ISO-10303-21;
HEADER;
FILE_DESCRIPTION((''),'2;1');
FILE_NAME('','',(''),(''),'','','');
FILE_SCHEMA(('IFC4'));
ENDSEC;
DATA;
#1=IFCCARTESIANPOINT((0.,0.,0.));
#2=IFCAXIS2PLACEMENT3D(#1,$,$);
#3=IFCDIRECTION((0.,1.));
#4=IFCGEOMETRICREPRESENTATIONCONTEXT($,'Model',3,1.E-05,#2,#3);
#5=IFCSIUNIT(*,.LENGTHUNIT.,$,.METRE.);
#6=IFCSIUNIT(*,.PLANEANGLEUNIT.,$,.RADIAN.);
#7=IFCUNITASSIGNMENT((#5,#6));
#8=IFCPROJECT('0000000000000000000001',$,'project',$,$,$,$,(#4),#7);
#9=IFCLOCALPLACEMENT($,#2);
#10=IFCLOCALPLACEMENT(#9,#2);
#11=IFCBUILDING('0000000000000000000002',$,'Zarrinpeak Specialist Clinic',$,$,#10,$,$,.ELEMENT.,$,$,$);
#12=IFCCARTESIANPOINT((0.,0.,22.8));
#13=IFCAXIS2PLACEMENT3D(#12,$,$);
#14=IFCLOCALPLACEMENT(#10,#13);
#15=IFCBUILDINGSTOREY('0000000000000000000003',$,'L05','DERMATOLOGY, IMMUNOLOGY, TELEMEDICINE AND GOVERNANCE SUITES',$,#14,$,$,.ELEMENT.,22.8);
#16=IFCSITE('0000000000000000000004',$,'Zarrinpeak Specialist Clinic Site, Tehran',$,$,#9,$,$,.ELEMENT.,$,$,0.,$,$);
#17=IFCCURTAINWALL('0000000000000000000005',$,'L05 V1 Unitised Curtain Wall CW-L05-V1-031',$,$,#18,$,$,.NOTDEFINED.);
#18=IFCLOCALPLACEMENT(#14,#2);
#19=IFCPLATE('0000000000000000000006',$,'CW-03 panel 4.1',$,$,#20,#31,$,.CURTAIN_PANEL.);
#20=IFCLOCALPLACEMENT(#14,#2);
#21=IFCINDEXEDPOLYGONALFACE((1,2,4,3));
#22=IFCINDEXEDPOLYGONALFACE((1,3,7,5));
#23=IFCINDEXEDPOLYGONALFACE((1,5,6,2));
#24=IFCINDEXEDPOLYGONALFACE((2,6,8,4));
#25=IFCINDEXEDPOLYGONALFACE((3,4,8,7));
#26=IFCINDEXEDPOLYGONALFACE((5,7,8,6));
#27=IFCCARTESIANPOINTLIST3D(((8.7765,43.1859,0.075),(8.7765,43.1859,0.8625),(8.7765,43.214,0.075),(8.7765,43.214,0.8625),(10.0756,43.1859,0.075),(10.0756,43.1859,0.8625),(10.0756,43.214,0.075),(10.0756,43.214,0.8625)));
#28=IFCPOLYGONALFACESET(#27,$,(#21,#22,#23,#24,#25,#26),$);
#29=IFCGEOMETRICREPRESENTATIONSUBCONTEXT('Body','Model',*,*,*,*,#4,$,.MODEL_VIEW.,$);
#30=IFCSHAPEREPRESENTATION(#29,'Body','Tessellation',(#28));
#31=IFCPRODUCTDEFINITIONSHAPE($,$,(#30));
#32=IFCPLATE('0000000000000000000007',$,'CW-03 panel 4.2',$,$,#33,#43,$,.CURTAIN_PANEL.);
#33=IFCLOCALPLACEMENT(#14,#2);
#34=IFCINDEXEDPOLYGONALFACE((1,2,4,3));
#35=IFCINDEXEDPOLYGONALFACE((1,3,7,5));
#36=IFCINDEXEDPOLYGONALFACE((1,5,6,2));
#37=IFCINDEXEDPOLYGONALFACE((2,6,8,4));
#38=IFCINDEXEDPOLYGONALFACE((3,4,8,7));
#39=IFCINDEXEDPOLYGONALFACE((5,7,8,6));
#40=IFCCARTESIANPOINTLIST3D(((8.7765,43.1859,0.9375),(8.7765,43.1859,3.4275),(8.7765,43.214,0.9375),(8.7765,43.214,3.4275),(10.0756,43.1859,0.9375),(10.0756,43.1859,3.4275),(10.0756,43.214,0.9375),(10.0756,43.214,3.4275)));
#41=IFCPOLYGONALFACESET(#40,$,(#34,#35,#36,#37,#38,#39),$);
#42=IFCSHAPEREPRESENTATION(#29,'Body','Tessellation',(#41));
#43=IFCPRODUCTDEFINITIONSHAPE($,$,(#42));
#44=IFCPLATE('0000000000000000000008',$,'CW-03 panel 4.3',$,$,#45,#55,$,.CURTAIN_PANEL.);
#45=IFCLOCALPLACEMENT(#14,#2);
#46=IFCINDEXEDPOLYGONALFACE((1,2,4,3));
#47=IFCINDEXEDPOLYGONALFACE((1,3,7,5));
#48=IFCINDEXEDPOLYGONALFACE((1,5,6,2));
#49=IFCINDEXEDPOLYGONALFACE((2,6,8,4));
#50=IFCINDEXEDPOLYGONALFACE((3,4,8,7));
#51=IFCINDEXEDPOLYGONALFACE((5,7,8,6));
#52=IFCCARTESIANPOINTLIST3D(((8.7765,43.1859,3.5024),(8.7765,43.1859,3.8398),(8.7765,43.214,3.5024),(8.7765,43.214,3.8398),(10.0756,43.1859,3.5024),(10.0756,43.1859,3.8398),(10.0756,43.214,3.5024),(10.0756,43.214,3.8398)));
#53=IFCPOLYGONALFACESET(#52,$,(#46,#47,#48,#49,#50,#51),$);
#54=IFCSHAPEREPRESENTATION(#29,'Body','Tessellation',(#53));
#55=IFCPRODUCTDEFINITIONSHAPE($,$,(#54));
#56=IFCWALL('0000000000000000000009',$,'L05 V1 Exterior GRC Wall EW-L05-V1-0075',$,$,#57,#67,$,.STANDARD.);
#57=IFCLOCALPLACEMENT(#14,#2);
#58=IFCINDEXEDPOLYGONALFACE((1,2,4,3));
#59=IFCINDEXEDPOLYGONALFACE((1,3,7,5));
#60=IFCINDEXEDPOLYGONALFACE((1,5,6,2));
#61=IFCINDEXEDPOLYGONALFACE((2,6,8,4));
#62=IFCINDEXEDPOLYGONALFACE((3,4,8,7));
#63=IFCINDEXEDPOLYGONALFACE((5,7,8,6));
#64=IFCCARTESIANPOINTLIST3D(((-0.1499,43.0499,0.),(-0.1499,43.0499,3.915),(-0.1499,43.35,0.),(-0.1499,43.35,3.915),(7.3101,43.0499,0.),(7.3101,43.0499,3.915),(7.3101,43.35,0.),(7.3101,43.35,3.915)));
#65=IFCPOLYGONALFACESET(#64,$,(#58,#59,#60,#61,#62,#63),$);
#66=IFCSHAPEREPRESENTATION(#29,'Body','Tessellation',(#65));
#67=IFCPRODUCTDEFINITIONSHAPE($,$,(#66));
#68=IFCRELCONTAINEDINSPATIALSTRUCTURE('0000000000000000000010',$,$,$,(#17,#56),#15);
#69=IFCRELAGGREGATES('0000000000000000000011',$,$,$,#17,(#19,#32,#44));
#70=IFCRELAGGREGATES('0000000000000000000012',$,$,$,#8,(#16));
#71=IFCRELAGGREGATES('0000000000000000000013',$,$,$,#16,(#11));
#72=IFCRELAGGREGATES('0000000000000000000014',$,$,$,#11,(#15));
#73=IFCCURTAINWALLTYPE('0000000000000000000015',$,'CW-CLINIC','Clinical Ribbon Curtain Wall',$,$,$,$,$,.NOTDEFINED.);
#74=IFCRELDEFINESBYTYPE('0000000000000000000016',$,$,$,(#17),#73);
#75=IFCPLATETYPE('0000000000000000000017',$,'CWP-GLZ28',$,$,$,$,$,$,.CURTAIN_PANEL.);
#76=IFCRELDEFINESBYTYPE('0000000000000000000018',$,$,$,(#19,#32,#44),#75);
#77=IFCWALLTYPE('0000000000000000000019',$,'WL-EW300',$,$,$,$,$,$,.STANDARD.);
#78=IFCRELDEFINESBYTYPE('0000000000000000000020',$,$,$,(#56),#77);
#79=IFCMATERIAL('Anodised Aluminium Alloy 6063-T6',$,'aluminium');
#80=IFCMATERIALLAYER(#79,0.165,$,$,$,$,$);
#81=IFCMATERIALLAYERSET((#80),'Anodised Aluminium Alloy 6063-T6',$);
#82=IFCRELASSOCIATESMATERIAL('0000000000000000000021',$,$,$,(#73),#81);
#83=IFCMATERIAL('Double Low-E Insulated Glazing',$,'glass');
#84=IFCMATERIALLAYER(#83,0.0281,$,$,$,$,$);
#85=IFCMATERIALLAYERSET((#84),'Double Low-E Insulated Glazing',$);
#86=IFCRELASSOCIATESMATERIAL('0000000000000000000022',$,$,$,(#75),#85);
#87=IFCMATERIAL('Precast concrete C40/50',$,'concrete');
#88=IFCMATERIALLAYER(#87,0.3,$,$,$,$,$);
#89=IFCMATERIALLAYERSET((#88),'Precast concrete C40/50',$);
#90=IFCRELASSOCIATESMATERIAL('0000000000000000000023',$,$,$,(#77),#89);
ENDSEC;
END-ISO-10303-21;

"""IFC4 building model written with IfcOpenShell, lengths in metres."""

from ifc_helpers import new_model, si_unit, direction, frame, frame_2d, origin, origin_2d, place, context, subcontext, project, spatial, rectangle, extrude, material, layer, layer_set, type_object, element, aggregate, save


model = new_model("IFC4")

# Units and contexts
model_context = context("Model", 3, precision=1e-05, world=origin(), true_north=direction((0.0, 1.0)))
body_context = subcontext(model_context, "Body", "Model", "MODEL_VIEW")
ifc_project = project(units=[si_unit("LENGTHUNIT", "METRE"), si_unit("PLANEANGLEUNIT", "RADIAN")], contexts=[model_context])

# Site, building, storey
site_placement = place(None, origin())
site = spatial("IfcSite", under=ifc_project, at=site_placement, Name="Zarrinpeak Specialist Clinic Site, Tehran", CompositionType="ELEMENT", RefElevation=0.0)
building_placement = place(site_placement, origin())
building = spatial("IfcBuilding", under=site, at=building_placement, Name="Zarrinpeak Specialist Clinic", CompositionType="ELEMENT")
storey_placement = place(building_placement, frame((0.0, 0.0, 22.8)))
storey = spatial("IfcBuildingStorey", under=building, at=storey_placement, Name="L05", Description="DERMATOLOGY, IMMUNOLOGY, TELEMEDICINE AND GOVERNANCE SUITES", CompositionType="ELEMENT", Elevation=22.8)

# Curtain wall, plates
ifc_material_1 = material(Name="Anodised Aluminium Alloy 6063-T6", Category="aluminium")
ifc_layer_1 = layer(ifc_material_1, 0.165)
ifc_layer_set_1 = layer_set([ifc_layer_1], Name="Anodised Aluminium Alloy 6063-T6")
curtain_wall_type = type_object("IfcCurtainWallType", Name="CW-CLINIC", Description="Clinical Ribbon Curtain Wall", PredefinedType="NOTDEFINED", material=ifc_layer_set_1)
curtain_wall_placement = place(storey_placement, origin())
curtain_wall = element("IfcCurtainWall", 1, at=curtain_wall_placement, inside=storey, type_object=curtain_wall_type, Name="L05 V1 Unitised Curtain Wall CW-L05-V1-031", PredefinedType="NOTDEFINED")
ifc_material_2 = material(Name="Double Low-E Insulated Glazing", Category="glass")
ifc_layer_2 = layer(ifc_material_2, 0.0281)
ifc_layer_set_2 = layer_set([ifc_layer_2], Name="Double Low-E Insulated Glazing")
plate_type = type_object("IfcPlateType", Name="CWP-GLZ28", PredefinedType="CURTAIN_PANEL", material=ifc_layer_set_2)
plate_1_placement = place(storey_placement, frame((9.426, 43.2, 0.075), z_axis=(0.0, 0.0, 1.0), x_axis=(-1.0, 0.0, 0.0)))
plate_1 = element("IfcPlate", 2, at=plate_1_placement, type_object=plate_type, Name="CW-03 panel 4.1", PredefinedType="CURTAIN_PANEL", context=body_context, shape_type="SweptSolid", body=[
    extrude(rectangle(XDim=1.2991, YDim=0.0281, at=origin_2d()), origin(), (0.0, 0.0, 1.0), 0.7876),
])
plate_2_placement = place(storey_placement, frame((9.426, 43.2, 0.9375), z_axis=(0.0, 0.0, 1.0), x_axis=(-1.0, 0.0, 0.0)))
plate_2 = element("IfcPlate", 3, at=plate_2_placement, type_object=plate_type, Name="CW-03 panel 4.2", PredefinedType="CURTAIN_PANEL", context=body_context, shape_type="SweptSolid", body=[
    extrude(rectangle(XDim=1.2991, YDim=0.0281, at=origin_2d()), origin(), (0.0, 0.0, 1.0), 2.49),
])
plate_3_placement = place(storey_placement, frame((9.426, 43.2, 3.5024), z_axis=(0.0, 0.0, 1.0), x_axis=(-1.0, 0.0, 0.0)))
plate_3 = element("IfcPlate", 4, at=plate_3_placement, type_object=plate_type, Name="CW-03 panel 4.3", PredefinedType="CURTAIN_PANEL", context=body_context, shape_type="SweptSolid", body=[
    extrude(rectangle(XDim=1.2991, YDim=0.0281, at=origin_2d()), origin(), (0.0, 0.0, 1.0), 0.3374),
])
aggregate(curtain_wall, [plate_1, plate_2, plate_3])

# Wall
ifc_material_3 = material(Name="Precast concrete C40/50", Category="concrete")
ifc_layer_3 = layer(ifc_material_3, 0.3)
ifc_layer_set_3 = layer_set([ifc_layer_3], Name="Precast concrete C40/50")
wall_type = type_object("IfcWallType", Name="WL-EW300", PredefinedType="STANDARD", material=ifc_layer_set_3)
wall_placement = place(storey_placement, frame((7.3101, 43.2, 0.0), z_axis=(0.0, 0.0, 1.0), x_axis=(-1.0, 0.0, 0.0)))
element("IfcWall", 5, at=wall_placement, inside=storey, type_object=wall_type, Name="L05 V1 Exterior GRC Wall EW-L05-V1-0075", PredefinedType="STANDARD", context=body_context, shape_type="SweptSolid", body=[
    extrude(rectangle(XDim=7.46, YDim=0.3, at=frame_2d((3.73, 0.0))), origin(), (0.0, 0.0, 1.0), 3.915),
])

save(model, "model.ifc")
